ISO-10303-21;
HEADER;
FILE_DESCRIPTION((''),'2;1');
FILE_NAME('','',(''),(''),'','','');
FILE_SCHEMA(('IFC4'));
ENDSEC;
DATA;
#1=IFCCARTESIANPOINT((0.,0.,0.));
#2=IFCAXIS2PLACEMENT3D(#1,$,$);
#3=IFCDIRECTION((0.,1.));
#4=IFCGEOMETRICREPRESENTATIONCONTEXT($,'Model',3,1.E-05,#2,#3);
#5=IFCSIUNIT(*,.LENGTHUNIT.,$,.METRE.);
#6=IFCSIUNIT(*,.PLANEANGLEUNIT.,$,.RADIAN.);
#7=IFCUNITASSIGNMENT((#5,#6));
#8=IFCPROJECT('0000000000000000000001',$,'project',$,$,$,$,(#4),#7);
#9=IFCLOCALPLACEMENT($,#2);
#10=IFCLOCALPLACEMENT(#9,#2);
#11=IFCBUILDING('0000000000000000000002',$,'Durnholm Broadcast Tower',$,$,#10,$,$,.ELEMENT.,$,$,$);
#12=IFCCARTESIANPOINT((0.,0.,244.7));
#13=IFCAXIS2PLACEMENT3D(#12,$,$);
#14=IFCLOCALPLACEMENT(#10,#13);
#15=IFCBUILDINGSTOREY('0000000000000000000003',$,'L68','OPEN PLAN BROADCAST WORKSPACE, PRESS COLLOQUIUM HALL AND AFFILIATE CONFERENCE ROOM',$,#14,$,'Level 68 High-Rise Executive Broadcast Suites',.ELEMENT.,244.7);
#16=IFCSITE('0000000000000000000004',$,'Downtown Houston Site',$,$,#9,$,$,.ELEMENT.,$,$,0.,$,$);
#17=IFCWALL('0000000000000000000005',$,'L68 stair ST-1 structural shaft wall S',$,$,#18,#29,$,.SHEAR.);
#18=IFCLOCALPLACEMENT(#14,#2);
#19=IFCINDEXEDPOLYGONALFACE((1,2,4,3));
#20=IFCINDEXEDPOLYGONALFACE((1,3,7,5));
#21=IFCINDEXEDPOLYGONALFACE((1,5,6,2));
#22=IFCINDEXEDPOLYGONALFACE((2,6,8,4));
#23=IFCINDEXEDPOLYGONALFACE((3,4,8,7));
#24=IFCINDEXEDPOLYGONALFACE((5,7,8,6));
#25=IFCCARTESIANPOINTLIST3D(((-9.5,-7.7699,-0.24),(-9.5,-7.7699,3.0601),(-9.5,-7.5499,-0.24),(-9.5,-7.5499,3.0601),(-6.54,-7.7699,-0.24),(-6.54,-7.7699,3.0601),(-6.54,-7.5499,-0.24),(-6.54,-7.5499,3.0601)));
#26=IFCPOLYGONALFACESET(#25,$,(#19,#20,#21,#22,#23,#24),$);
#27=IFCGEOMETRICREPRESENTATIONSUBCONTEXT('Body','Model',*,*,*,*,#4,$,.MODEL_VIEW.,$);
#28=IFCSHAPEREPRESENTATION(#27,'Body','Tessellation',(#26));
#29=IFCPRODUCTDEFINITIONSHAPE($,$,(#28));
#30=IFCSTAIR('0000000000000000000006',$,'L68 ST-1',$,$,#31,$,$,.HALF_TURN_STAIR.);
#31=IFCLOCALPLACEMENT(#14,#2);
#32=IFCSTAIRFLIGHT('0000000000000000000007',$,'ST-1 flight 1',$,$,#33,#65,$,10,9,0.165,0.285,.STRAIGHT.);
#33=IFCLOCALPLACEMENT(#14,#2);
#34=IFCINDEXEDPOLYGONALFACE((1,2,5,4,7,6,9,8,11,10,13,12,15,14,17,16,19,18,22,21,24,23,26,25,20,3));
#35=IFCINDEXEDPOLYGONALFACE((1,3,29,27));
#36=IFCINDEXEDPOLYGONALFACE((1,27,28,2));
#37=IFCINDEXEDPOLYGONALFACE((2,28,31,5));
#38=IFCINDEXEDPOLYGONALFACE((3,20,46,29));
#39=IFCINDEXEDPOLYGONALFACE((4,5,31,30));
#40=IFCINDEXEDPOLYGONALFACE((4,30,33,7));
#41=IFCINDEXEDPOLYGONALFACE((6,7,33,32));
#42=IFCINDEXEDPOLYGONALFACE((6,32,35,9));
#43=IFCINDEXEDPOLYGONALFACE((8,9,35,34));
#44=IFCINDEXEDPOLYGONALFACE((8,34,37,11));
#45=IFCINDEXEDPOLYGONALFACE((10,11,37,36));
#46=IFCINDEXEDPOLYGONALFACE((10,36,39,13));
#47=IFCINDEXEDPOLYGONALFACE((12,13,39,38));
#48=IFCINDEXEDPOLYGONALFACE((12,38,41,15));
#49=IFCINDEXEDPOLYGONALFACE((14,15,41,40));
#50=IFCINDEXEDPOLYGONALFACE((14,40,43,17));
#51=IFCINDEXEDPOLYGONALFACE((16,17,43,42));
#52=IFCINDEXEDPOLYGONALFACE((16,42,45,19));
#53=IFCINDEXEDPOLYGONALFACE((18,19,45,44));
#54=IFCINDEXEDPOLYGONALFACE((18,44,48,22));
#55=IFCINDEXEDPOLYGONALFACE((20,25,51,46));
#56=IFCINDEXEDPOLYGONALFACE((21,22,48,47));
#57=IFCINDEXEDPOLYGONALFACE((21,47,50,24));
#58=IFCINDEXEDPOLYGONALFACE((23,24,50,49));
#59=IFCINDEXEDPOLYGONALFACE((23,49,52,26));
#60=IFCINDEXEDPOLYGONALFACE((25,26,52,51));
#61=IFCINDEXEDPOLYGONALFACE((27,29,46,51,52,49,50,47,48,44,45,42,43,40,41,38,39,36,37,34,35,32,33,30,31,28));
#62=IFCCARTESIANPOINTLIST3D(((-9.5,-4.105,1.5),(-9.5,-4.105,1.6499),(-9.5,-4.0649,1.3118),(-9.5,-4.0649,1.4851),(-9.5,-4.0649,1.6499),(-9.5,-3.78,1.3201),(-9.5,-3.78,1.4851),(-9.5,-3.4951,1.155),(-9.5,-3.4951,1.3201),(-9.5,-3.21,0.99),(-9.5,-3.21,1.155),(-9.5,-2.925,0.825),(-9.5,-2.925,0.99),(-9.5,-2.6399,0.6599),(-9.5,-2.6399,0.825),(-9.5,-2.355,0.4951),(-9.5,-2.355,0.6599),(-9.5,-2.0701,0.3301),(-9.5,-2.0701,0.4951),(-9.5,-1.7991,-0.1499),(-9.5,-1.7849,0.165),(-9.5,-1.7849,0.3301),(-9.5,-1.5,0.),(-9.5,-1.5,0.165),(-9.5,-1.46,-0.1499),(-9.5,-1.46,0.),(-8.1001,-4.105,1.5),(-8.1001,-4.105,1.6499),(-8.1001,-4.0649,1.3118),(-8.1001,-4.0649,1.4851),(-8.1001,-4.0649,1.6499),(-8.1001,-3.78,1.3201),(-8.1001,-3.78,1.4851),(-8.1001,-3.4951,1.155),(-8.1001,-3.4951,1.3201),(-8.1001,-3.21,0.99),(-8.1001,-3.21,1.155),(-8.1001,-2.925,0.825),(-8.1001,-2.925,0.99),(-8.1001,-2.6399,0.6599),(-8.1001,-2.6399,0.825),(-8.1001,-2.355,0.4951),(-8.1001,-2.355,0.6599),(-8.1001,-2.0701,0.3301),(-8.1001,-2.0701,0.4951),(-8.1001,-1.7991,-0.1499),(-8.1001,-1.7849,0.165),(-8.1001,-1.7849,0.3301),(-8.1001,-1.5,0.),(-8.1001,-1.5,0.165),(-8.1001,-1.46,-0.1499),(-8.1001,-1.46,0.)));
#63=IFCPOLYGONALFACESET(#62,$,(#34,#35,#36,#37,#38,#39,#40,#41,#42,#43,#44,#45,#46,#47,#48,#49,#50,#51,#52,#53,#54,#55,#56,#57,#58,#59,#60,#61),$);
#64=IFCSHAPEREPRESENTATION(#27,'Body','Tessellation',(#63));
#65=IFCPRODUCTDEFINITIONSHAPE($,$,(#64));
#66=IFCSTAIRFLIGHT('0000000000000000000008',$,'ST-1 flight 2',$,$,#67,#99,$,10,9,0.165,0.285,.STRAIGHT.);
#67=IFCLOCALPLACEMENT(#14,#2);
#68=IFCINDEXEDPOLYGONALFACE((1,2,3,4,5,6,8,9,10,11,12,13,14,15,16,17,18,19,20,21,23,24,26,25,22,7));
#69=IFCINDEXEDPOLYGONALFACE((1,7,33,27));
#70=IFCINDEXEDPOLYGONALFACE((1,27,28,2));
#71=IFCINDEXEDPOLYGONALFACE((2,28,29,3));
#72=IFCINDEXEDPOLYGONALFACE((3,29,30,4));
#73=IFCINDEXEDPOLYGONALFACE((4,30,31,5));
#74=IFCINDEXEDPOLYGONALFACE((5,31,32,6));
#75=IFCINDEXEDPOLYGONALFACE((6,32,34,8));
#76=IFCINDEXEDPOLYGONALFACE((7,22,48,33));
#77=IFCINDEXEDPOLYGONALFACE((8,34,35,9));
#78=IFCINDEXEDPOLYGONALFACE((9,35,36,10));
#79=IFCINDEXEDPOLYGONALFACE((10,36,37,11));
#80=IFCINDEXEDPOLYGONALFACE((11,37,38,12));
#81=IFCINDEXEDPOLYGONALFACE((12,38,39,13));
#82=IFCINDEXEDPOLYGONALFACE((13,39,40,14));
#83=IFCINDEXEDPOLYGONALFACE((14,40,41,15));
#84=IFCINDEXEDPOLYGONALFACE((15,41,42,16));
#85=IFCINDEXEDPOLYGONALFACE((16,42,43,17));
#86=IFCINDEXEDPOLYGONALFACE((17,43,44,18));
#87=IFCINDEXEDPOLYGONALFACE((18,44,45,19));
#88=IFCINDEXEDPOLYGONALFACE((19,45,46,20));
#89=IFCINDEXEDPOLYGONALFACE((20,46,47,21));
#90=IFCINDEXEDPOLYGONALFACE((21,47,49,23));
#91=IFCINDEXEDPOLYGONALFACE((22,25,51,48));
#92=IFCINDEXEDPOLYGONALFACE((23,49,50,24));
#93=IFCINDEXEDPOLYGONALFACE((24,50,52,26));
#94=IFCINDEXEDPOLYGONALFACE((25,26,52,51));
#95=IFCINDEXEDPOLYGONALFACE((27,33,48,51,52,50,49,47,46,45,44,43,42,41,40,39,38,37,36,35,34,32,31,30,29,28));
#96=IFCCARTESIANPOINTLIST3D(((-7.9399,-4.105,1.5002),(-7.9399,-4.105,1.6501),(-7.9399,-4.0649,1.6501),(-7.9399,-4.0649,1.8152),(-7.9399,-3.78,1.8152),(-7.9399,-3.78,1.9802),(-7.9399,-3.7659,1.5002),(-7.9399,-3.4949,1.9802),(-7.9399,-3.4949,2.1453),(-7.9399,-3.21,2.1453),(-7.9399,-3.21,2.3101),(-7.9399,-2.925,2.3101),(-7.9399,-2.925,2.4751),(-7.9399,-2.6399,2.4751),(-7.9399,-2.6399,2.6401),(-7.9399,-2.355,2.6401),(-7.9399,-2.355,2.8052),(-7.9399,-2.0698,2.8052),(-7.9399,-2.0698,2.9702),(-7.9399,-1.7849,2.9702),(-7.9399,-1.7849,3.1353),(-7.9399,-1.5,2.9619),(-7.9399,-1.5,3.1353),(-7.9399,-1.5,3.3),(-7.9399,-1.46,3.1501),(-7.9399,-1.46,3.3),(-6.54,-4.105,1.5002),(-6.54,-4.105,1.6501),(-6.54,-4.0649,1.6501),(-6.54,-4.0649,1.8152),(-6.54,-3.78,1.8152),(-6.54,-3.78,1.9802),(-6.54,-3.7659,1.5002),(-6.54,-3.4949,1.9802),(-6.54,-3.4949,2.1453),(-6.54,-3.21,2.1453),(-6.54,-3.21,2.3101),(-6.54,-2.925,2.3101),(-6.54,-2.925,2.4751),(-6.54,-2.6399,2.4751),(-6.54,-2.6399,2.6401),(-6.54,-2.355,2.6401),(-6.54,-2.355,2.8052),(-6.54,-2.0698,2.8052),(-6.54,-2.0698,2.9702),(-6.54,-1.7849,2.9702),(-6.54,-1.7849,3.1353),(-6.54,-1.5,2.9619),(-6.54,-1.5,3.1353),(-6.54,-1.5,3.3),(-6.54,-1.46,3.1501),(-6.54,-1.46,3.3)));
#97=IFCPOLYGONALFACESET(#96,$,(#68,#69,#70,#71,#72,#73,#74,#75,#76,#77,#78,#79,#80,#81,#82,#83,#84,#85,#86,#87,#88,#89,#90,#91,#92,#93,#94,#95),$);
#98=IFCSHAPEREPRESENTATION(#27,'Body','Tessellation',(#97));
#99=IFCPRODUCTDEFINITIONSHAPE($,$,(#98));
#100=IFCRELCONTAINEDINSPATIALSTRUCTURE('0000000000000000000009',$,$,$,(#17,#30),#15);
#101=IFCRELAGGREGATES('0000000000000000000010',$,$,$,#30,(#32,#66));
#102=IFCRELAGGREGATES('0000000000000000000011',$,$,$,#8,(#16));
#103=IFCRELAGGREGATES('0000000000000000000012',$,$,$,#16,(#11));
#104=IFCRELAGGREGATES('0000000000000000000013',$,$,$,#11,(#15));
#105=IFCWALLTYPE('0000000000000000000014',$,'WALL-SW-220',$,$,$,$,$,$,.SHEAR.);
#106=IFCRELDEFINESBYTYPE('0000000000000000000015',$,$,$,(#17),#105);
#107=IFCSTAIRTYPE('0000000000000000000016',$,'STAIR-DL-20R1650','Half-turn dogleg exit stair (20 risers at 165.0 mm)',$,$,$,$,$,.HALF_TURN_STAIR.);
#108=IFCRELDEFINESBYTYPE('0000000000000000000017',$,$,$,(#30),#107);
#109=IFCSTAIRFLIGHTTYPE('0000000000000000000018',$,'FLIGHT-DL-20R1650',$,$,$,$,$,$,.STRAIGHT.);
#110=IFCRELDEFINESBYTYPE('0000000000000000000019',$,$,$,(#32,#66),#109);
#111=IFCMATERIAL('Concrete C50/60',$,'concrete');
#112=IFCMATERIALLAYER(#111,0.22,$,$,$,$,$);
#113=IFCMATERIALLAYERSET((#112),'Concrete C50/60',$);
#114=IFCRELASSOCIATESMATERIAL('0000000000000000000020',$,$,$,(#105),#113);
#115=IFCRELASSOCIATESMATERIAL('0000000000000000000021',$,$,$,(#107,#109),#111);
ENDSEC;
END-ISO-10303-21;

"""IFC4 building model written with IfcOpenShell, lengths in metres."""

from ifc_helpers import new_model, si_unit, direction, frame, frame_2d, origin, place, context, subcontext, project, spatial, polyline, rectangle, outline, extrude, material, layer, layer_set, type_object, element, aggregate, save


model = new_model("IFC4")

# Units and contexts
model_context = context("Model", 3, precision=1e-05, world=origin(), true_north=direction((0.0, 1.0)))
body_context = subcontext(model_context, "Body", "Model", "MODEL_VIEW")
ifc_project = project(units=[si_unit("LENGTHUNIT", "METRE"), si_unit("PLANEANGLEUNIT", "RADIAN")], contexts=[model_context])

# Site, building, storey
site_placement = place(None, origin())
site = spatial("IfcSite", under=ifc_project, at=site_placement, Name="Downtown Houston Site", CompositionType="ELEMENT", RefElevation=0.0)
building_placement = place(site_placement, origin())
building = spatial("IfcBuilding", under=site, at=building_placement, Name="Durnholm Broadcast Tower", CompositionType="ELEMENT")
storey_placement = place(building_placement, frame((0.0, 0.0, 244.7)))
storey = spatial("IfcBuildingStorey", under=building, at=storey_placement, Name="L68", Description="OPEN PLAN BROADCAST WORKSPACE, PRESS COLLOQUIUM HALL AND AFFILIATE CONFERENCE ROOM", LongName="Level 68 High-Rise Executive Broadcast Suites", CompositionType="ELEMENT", Elevation=244.7)

# Shared definitions
ifc_material_1 = material(Name="Concrete C50/60", Category="concrete")
ifc_layer_1 = layer(ifc_material_1, 0.22)
ifc_layer_set_1 = layer_set([ifc_layer_1], Name="Concrete C50/60")
wall_type_1 = type_object("IfcWallType", Name="WALL-SW-220", PredefinedType="SHEAR", material=ifc_layer_set_1)

# Wall
wall_1_placement = place(storey_placement, frame((-9.5, -7.6599, -0.24), z_axis=(0.0, 0.0, 1.0), x_axis=(1.0, 0.0, 0.0)))
element("IfcWall", 1, at=wall_1_placement, inside=storey, type_object=wall_type_1, Name="L68 stair ST-1 structural shaft wall S", PredefinedType="SHEAR", context=body_context, shape_type="SweptSolid", body=[
    extrude(rectangle(XDim=2.96, YDim=0.22, at=frame_2d((1.48, 0.0))), origin(), (0.0, 0.0, 1.0), 3.3),
])

# Stair, stair flights
stair_type = type_object("IfcStairType", Name="STAIR-DL-20R1650", Description="Half-turn dogleg exit stair (20 risers at 165.0 mm)", PredefinedType="HALF_TURN_STAIR", material=ifc_material_1)
stair_placement = place(storey_placement, origin())
stair = element("IfcStair", 2, at=stair_placement, inside=storey, type_object=stair_type, Name="L68 ST-1", PredefinedType="HALF_TURN_STAIR")
stair_flight_type = type_object("IfcStairFlightType", Name="FLIGHT-DL-20R1650", PredefinedType="STRAIGHT", material=ifc_material_1)
stair_flight_1_placement = place(storey_placement, frame((-8.8, -1.5, 0.0), z_axis=(0.0, 0.0, 1.0), x_axis=(0.0, -1.0, 0.0)))
stair_flight_1 = element("IfcStairFlight", 3, at=stair_flight_1_placement, type_object=stair_flight_type, Name="ST-1 flight 1", NumberOfRisers=10, NumberOfTreads=9, PredefinedType="STRAIGHT", RiserHeight=0.165, TreadLength=0.285, context=body_context, shape_type="SweptSolid", body=[
    extrude(outline(polyline([(-0.04, -0.1499), (-0.04, 0.0), (0.0, 0.0), (0.0, 0.165), (0.2849, 0.165), (0.2849, 0.3301), (0.5701, 0.3301), (0.5701, 0.4951), (0.855, 0.4951), (0.855, 0.6599), (1.1399, 0.6599), (1.1399, 0.825), (1.425, 0.825), (1.425, 0.99), (1.71, 0.99), (1.71, 1.155), (1.9951, 1.155), (1.9951, 1.3201), (2.28, 1.3201), (2.28, 1.4851), (2.5649, 1.4851), (2.5649, 1.6499), (2.605, 1.6499), (2.605, 1.5), (2.5649, 1.3118), (0.2991, -0.1499), (-0.04, -0.1499)])), frame((0.0, 0.7, 0.0), z_axis=(0.0, -1.0, 0.0), x_axis=(1.0, 0.0, 0.0)), (0.0, 0.0, 1.0), 1.3999),
])
stair_flight_2_placement = place(storey_placement, frame((-7.24, -4.0649, 1.6501), z_axis=(0.0, 0.0, 1.0), x_axis=(0.0, 1.0, 0.0)))
stair_flight_2 = element("IfcStairFlight", 4, at=stair_flight_2_placement, type_object=stair_flight_type, Name="ST-1 flight 2", NumberOfRisers=10, NumberOfTreads=9, PredefinedType="STRAIGHT", RiserHeight=0.165, TreadLength=0.285, context=body_context, shape_type="SweptSolid", body=[
    extrude(outline(polyline([(-0.04, -0.1499), (-0.04, 0.0), (0.0, 0.0), (0.0, 0.165), (0.2849, 0.165), (0.2849, 0.3301), (0.5701, 0.3301), (0.5701, 0.4951), (0.855, 0.4951), (0.855, 0.6599), (1.1399, 0.6599), (1.1399, 0.825), (1.425, 0.825), (1.425, 0.99), (1.71, 0.99), (1.71, 1.155), (1.9951, 1.155), (1.9951, 1.3201), (2.28, 1.3201), (2.28, 1.4851), (2.5649, 1.4851), (2.5649, 1.6499), (2.605, 1.6499), (2.605, 1.5), (2.5649, 1.3118), (0.2991, -0.1499), (-0.04, -0.1499)])), frame((0.0, 0.7, 0.0), z_axis=(0.0, -1.0, 0.0), x_axis=(1.0, 0.0, 0.0)), (0.0, 0.0, 1.0), 1.3999),
])
aggregate(stair, [stair_flight_1, stair_flight_2])

save(model, "model.ifc")
